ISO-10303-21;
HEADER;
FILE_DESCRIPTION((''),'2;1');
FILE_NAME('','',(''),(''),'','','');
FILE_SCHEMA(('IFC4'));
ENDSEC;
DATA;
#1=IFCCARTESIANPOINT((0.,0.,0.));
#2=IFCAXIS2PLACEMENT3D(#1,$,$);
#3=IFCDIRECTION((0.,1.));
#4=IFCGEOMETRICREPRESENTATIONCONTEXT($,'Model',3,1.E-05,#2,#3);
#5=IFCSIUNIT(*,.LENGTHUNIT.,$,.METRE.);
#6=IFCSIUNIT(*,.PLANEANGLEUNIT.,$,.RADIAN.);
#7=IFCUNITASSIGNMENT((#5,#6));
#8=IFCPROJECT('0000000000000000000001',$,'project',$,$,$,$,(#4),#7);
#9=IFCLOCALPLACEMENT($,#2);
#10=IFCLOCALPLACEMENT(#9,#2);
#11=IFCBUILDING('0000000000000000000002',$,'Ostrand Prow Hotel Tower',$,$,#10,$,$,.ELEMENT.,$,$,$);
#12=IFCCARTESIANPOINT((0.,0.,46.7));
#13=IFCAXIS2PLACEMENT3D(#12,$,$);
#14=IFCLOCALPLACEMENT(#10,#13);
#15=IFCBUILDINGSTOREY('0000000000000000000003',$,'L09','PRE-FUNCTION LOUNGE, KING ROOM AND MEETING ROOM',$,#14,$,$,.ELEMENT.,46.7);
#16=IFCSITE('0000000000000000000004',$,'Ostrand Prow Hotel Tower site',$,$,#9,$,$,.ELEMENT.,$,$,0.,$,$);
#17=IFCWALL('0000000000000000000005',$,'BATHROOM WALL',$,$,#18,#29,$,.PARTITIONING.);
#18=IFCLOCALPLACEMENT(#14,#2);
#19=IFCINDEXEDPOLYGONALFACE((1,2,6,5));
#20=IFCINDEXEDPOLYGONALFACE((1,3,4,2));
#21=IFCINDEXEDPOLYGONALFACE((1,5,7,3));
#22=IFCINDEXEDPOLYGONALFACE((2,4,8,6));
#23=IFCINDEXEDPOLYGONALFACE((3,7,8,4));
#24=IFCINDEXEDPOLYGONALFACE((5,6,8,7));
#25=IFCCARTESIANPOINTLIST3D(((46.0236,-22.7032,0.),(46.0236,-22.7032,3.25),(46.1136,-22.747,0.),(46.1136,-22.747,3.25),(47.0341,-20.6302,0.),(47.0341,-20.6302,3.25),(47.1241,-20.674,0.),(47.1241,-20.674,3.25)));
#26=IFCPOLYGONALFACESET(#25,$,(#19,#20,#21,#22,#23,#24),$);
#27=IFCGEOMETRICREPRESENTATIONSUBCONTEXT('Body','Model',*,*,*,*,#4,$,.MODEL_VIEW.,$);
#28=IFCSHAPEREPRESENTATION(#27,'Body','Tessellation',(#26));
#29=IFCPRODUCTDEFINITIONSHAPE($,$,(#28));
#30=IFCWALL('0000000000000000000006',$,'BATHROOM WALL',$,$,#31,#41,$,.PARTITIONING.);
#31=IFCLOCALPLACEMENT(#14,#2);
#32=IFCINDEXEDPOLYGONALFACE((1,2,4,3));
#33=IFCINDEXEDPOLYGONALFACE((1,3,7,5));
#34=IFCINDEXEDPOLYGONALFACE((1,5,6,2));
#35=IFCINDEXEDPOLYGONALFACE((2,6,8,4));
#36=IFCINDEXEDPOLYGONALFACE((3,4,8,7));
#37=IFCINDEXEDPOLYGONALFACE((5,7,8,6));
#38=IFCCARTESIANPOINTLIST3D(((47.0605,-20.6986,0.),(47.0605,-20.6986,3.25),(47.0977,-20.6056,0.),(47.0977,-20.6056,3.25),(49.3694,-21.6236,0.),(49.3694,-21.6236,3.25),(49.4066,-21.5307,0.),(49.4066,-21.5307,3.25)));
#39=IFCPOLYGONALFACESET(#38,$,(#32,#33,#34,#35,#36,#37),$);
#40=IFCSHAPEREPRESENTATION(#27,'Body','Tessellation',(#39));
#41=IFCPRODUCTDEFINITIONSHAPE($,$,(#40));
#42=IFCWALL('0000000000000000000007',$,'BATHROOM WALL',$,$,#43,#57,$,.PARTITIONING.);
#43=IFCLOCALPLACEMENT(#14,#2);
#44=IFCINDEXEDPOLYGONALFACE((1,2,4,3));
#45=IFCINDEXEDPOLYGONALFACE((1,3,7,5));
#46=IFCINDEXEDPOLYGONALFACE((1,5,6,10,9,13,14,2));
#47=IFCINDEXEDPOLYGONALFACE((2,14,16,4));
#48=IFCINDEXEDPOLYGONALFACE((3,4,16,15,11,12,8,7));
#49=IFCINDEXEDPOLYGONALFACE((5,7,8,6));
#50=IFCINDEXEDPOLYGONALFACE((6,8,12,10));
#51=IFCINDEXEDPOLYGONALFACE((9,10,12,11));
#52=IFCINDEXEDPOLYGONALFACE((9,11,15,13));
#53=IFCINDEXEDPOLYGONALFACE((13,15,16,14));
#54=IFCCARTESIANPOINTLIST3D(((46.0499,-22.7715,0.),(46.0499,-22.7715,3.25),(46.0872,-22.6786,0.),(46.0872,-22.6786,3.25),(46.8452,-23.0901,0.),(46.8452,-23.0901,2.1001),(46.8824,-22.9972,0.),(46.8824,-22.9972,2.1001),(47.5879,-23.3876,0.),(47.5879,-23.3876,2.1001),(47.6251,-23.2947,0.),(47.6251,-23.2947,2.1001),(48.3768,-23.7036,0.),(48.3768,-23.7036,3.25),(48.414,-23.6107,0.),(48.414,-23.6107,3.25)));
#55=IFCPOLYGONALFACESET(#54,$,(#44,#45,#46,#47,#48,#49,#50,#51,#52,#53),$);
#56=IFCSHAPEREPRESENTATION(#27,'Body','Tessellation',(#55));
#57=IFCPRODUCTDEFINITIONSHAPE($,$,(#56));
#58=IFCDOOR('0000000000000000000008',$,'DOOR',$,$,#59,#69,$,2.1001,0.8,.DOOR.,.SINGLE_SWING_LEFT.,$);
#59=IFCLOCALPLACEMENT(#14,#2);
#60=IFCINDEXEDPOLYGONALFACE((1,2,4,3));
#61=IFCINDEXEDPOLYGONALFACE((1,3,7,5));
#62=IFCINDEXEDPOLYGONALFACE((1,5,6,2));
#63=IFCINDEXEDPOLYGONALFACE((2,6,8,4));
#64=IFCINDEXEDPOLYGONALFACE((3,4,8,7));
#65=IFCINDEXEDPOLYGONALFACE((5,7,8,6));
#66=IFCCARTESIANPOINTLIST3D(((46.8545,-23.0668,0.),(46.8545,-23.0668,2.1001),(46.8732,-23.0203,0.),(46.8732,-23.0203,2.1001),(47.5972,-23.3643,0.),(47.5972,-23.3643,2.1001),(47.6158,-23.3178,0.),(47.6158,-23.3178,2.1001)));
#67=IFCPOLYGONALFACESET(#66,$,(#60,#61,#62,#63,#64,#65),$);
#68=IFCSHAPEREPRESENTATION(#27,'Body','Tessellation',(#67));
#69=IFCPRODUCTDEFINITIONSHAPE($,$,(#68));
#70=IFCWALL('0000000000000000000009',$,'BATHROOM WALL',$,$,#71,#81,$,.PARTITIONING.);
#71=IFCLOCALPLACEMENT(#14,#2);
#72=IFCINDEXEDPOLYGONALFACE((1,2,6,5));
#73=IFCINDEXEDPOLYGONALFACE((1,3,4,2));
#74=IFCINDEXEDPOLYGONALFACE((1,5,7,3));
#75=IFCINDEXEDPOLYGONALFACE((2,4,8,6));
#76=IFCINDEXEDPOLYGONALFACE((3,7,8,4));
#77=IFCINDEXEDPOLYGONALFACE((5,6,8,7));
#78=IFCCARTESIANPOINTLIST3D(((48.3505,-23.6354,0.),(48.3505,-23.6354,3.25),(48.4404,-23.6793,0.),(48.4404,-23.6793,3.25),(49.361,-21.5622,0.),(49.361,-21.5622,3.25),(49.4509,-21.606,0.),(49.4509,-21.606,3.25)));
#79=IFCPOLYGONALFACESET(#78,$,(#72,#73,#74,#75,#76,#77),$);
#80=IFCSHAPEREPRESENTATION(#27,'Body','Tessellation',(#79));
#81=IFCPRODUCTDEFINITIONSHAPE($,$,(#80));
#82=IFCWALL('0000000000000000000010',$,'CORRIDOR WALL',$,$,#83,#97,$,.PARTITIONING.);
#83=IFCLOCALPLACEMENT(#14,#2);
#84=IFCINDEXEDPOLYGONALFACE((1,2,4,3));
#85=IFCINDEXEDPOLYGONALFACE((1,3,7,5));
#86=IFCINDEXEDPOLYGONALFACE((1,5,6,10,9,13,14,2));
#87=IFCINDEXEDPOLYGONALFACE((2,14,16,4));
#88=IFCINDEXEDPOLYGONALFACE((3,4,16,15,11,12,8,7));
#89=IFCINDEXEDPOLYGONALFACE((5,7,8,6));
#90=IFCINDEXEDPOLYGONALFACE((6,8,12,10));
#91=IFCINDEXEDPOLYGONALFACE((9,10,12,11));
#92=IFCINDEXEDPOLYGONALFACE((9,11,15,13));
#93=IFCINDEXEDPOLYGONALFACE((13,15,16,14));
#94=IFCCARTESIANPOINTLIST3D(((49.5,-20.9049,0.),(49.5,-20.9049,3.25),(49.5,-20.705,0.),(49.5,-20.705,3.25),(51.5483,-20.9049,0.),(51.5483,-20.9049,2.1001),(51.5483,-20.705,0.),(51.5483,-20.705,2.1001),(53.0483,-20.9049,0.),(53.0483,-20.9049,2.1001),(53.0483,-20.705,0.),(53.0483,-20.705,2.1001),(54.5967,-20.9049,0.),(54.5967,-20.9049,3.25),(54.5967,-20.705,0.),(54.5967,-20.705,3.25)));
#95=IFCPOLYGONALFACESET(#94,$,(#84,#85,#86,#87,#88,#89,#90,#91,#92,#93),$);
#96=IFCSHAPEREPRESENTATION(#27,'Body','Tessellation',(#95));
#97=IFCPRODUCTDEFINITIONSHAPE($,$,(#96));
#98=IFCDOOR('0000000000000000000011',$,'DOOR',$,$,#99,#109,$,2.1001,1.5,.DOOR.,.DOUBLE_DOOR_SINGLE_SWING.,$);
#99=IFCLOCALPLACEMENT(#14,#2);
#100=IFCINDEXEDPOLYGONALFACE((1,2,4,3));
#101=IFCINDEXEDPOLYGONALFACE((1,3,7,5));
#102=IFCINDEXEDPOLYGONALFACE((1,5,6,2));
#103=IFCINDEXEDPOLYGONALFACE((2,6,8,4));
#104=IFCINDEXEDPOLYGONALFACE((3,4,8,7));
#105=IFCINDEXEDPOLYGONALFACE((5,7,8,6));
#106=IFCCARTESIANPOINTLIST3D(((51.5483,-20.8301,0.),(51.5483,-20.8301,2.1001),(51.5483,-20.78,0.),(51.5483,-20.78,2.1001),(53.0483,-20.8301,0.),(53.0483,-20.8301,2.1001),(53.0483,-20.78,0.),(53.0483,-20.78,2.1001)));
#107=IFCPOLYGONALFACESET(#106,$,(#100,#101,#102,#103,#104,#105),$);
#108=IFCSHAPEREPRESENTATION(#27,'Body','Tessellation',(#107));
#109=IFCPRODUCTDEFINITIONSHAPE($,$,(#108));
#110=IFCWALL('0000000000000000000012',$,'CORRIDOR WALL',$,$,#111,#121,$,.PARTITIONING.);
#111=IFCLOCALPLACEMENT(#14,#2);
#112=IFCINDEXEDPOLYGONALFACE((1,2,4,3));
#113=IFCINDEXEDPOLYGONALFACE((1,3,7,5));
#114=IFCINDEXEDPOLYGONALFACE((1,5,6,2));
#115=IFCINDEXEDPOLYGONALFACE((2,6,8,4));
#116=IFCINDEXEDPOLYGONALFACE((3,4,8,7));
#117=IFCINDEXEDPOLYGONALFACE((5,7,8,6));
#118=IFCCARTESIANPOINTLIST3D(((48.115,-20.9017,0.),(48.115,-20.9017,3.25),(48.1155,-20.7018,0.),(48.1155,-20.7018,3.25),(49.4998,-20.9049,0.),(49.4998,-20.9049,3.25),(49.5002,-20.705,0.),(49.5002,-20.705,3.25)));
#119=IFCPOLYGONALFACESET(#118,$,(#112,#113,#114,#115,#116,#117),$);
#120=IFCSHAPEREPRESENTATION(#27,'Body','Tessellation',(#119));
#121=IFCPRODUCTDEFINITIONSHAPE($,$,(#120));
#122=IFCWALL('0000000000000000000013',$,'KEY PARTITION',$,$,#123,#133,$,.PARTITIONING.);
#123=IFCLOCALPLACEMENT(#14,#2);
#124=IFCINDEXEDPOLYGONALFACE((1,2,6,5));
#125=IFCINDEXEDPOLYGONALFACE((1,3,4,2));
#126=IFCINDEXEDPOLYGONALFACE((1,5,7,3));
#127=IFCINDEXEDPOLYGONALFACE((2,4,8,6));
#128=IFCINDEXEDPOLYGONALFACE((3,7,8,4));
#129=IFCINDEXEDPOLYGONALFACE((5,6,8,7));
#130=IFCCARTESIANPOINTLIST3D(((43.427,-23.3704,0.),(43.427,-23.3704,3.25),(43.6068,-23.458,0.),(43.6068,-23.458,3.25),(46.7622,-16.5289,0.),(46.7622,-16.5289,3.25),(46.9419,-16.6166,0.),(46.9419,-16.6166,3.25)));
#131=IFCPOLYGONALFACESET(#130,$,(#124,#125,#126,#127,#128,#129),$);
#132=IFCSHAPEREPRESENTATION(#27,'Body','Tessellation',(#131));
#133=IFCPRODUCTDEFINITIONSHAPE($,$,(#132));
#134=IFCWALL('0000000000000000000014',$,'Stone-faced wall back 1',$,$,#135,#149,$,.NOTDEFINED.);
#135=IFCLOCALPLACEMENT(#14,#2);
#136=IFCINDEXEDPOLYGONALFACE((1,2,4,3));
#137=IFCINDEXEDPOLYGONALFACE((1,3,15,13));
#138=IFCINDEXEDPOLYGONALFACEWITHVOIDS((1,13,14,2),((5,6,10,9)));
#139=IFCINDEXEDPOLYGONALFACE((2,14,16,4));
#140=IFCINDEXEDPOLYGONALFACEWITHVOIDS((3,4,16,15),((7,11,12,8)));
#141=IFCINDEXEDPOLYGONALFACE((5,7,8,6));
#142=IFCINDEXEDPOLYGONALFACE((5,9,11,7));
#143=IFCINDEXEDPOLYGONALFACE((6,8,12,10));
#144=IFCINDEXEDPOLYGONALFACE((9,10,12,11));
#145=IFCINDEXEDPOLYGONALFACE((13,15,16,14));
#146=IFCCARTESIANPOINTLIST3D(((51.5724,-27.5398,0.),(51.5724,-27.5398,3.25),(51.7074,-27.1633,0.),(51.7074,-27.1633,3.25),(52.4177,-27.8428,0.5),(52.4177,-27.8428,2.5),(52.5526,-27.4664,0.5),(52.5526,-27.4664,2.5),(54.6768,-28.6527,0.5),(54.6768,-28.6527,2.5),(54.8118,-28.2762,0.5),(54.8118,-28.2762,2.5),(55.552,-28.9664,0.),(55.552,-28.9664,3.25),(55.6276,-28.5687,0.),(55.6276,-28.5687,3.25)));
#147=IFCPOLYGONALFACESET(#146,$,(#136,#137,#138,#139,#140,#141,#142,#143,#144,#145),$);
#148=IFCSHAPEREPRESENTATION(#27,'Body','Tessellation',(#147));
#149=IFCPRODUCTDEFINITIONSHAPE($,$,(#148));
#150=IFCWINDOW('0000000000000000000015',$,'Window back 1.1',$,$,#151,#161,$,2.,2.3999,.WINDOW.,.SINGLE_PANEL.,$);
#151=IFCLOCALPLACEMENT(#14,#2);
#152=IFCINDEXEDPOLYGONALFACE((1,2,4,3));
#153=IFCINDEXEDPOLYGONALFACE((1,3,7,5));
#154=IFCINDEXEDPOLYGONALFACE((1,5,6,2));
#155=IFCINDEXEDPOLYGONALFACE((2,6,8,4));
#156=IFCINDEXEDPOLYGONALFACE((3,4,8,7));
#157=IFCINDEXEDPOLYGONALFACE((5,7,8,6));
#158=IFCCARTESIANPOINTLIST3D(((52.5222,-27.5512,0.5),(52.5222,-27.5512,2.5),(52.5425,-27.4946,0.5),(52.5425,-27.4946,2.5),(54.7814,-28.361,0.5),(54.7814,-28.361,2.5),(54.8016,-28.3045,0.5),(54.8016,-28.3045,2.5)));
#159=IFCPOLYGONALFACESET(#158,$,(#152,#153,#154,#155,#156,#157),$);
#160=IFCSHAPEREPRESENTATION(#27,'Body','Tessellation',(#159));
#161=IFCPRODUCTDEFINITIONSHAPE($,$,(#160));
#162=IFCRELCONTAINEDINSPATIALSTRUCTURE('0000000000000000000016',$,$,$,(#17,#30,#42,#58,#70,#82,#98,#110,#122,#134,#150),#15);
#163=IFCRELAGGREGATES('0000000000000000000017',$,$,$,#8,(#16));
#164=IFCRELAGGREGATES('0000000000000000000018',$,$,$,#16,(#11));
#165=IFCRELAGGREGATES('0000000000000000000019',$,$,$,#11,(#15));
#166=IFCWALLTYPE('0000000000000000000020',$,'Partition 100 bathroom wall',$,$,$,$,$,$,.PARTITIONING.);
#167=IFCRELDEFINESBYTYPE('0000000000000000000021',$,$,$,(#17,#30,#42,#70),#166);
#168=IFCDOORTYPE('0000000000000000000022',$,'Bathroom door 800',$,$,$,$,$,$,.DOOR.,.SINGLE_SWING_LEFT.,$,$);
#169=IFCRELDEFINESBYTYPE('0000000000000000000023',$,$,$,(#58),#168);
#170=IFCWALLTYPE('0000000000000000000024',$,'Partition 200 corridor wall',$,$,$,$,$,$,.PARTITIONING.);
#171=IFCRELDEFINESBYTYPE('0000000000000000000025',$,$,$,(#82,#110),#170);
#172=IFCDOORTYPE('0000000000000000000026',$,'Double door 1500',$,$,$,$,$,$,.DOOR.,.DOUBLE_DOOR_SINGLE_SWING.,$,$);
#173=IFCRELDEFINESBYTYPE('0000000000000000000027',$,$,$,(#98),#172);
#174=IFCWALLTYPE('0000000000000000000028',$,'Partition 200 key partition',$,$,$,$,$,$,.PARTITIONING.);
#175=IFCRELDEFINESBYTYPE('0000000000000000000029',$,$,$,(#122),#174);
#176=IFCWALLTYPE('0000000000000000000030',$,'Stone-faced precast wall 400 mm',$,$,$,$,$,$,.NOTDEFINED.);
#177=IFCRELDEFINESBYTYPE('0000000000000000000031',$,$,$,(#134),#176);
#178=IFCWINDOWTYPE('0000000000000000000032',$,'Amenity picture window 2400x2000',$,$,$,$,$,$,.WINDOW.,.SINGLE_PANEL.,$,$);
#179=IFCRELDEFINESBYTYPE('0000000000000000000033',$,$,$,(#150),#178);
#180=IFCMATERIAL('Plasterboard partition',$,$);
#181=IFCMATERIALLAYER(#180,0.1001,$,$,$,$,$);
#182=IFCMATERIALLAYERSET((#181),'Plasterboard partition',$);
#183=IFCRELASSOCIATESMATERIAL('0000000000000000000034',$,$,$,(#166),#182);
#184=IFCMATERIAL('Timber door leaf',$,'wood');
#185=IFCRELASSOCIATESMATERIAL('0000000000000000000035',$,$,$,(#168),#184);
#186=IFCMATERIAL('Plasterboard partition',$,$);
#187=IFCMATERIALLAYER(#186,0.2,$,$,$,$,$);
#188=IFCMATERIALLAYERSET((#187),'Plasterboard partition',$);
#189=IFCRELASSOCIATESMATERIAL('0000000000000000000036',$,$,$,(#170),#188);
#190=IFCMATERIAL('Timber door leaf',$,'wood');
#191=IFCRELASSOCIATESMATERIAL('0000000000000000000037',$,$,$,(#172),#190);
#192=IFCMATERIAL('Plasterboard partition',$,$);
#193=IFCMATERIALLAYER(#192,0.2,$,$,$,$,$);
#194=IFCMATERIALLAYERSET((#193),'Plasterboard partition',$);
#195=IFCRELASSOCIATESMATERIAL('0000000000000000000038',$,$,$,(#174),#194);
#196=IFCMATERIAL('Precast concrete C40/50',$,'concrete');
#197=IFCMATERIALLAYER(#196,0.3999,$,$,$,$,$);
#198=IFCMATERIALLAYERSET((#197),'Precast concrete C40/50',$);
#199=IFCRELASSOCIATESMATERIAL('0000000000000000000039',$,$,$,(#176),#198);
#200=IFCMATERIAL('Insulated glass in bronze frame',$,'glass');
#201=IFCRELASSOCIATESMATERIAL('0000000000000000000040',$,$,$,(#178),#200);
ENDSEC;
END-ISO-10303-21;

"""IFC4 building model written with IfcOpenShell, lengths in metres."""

from ifc_helpers import new_model, si_unit, direction, frame, frame_2d, origin, place, context, subcontext, project, spatial, polyline, rectangle, outline, extrude, material, layer, layer_set, type_object, element, fill, save


model = new_model("IFC4")

# Units and contexts
model_context = context("Model", 3, precision=1e-05, world=origin(), true_north=direction((0.0, 1.0)))
body_context = subcontext(model_context, "Body", "Model", "MODEL_VIEW")
ifc_project = project(units=[si_unit("LENGTHUNIT", "METRE"), si_unit("PLANEANGLEUNIT", "RADIAN")], contexts=[model_context])

# Site, building, storey
site_placement = place(None, origin())
site = spatial("IfcSite", under=ifc_project, at=site_placement, Name="Ostrand Prow Hotel Tower site", CompositionType="ELEMENT", RefElevation=0.0)
building_placement = place(site_placement, origin())
building = spatial("IfcBuilding", under=site, at=building_placement, Name="Ostrand Prow Hotel Tower", CompositionType="ELEMENT")
storey_placement = place(building_placement, frame((0.0, 0.0, 46.7)))
storey = spatial("IfcBuildingStorey", under=building, at=storey_placement, Name="L09", Description="PRE-FUNCTION LOUNGE, KING ROOM AND MEETING ROOM", CompositionType="ELEMENT", Elevation=46.7)

# Walls
ifc_material_1 = material(Name="Plasterboard partition")
ifc_layer_1 = layer(ifc_material_1, 0.1001)
ifc_layer_set_1 = layer_set([ifc_layer_1], Name="Plasterboard partition")
wall_type_1 = type_object("IfcWallType", Name="Partition 100 bathroom wall", PredefinedType="PARTITIONING", material=ifc_layer_set_1)
wall_1_placement = place(storey_placement, frame((46.0686, -22.7251, 0.0), z_axis=(0.0, 0.0, 1.0), x_axis=(0.438171, 0.898892, 0.0)))
element("IfcWall", 1, at=wall_1_placement, inside=storey, type_object=wall_type_1, Name="BATHROOM WALL", PredefinedType="PARTITIONING", context=body_context, shape_type="SweptSolid", body=[
    extrude(rectangle(XDim=2.3062, YDim=0.1001, at=frame_2d((1.1531, 0.0))), origin(), (0.0, 0.0, 1.0), 3.25),
])
wall_2_placement = place(storey_placement, frame((47.0791, -20.6521, 0.0), z_axis=(0.0, 0.0, 1.0), x_axis=(0.928267, -0.371915, 0.0)))
element("IfcWall", 2, at=wall_2_placement, inside=storey, type_object=wall_type_1, Name="BATHROOM WALL", PredefinedType="PARTITIONING", context=body_context, shape_type="SweptSolid", body=[
    extrude(rectangle(XDim=2.4873, YDim=0.1001, at=frame_2d((1.2437, 0.0))), origin(), (0.0, 0.0, 1.0), 3.25),
])

# Wall, opening, door
wall_3_placement = place(storey_placement, frame((48.3955, -23.6572, 0.0), z_axis=(0.0, 0.0, 1.0), x_axis=(-0.928288, 0.371861, 0.0)))
wall_3 = element("IfcWall", 3, at=wall_3_placement, inside=storey, type_object=wall_type_1, Name="BATHROOM WALL", PredefinedType="PARTITIONING", context=body_context, shape_type="SweptSolid", body=[
    extrude(rectangle(XDim=2.5066, YDim=0.1001, at=frame_2d((1.2534, 0.0))), origin(), (0.0, 0.0, 1.0), 3.25),
])
opening_1_placement = place(wall_3_placement, frame((0.8501, 0.0, 0.0)))
opening_1 = element("IfcOpeningElement", 4, at=opening_1_placement, cuts=wall_3, PredefinedType="OPENING", context=body_context, shape_type="SweptSolid", body=[
    extrude(rectangle(XDim=0.8, YDim=2.1001, at=frame_2d((0.3999, 1.05))), frame((0.0, 0.0601, 0.0), z_axis=(0.0, -1.0, 0.0), x_axis=(1.0, 0.0, 0.0)), (0.0, 0.0, 1.0), 0.1201),
])
ifc_material_2 = material(Name="Timber door leaf", Category="wood")
door_type_1 = type_object("IfcDoorType", Name="Bathroom door 800", OperationType="SINGLE_SWING_LEFT", PredefinedType="DOOR", material=ifc_material_2)
door_1_placement = place(opening_1_placement, origin())
door_1 = element("IfcDoor", 5, at=door_1_placement, inside=storey, type_object=door_type_1, Name="DOOR", OperationType="SINGLE_SWING_LEFT", OverallHeight=2.1001, OverallWidth=0.8, PredefinedType="DOOR", context=body_context, shape_type="SweptSolid", body=[
    extrude(rectangle(XDim=0.8, YDim=2.1001, at=frame_2d((0.3999, 1.05))), frame((0.0, 0.0249, 0.0), z_axis=(0.0, -1.0, 0.0), x_axis=(1.0, 0.0, 0.0)), (0.0, 0.0, 1.0), 0.05),
])
fill(opening_1, door_1)

# Wall
wall_4_placement = place(storey_placement, frame((49.406, -21.584, 0.0), z_axis=(0.0, 0.0, 1.0), x_axis=(-0.43813, -0.898912, 0.0)))
element("IfcWall", 6, at=wall_4_placement, inside=storey, type_object=wall_type_1, Name="BATHROOM WALL", PredefinedType="PARTITIONING", context=body_context, shape_type="SweptSolid", body=[
    extrude(rectangle(XDim=2.3064, YDim=0.1001, at=frame_2d((1.1533, 0.0))), origin(), (0.0, 0.0, 1.0), 3.25),
])

# Wall, opening, door
ifc_material_3 = material(Name="Plasterboard partition")
ifc_layer_2 = layer(ifc_material_3, 0.2)
ifc_layer_set_2 = layer_set([ifc_layer_2], Name="Plasterboard partition")
wall_type_2 = type_object("IfcWallType", Name="Partition 200 corridor wall", PredefinedType="PARTITIONING", material=ifc_layer_set_2)
wall_5_placement = place(storey_placement, frame((49.5, -20.8049, 0.0), z_axis=(0.0, 0.0, 1.0), x_axis=(1.0, 0.0, 0.0)))
wall_5 = element("IfcWall", 7, at=wall_5_placement, inside=storey, type_object=wall_type_2, Name="CORRIDOR WALL", PredefinedType="PARTITIONING", context=body_context, shape_type="SweptSolid", body=[
    extrude(rectangle(XDim=5.0967, YDim=0.2, at=frame_2d((2.5483, 0.0))), origin(), (0.0, 0.0, 1.0), 3.25),
])
opening_2_placement = place(wall_5_placement, frame((2.0483, 0.0, 0.0)))
opening_2 = element("IfcOpeningElement", 8, at=opening_2_placement, cuts=wall_5, PredefinedType="OPENING", context=body_context, shape_type="SweptSolid", body=[
    extrude(rectangle(XDim=1.5, YDim=2.1001, at=frame_2d((0.75, 1.05))), frame((0.0, 0.1099, 0.0), z_axis=(0.0, -1.0, 0.0), x_axis=(1.0, 0.0, 0.0)), (0.0, 0.0, 1.0), 0.22),
])
ifc_material_4 = material(Name="Timber door leaf", Category="wood")
door_type_2 = type_object("IfcDoorType", Name="Double door 1500", OperationType="DOUBLE_DOOR_SINGLE_SWING", PredefinedType="DOOR", material=ifc_material_4)
door_2_placement = place(opening_2_placement, origin())
door_2 = element("IfcDoor", 9, at=door_2_placement, inside=storey, type_object=door_type_2, Name="DOOR", OperationType="DOUBLE_DOOR_SINGLE_SWING", OverallHeight=2.1001, OverallWidth=1.5, PredefinedType="DOOR", context=body_context, shape_type="SweptSolid", body=[
    extrude(rectangle(XDim=1.5, YDim=2.1001, at=frame_2d((0.75, 1.05))), frame((0.0, 0.0249, 0.0), z_axis=(0.0, -1.0, 0.0), x_axis=(1.0, 0.0, 0.0)), (0.0, 0.0, 1.0), 0.05),
])
fill(opening_2, door_2)

# Walls
wall_6_placement = place(storey_placement, frame((48.1152, -20.8018, 0.0), z_axis=(0.0, 0.0, 1.0), x_axis=(0.999997, -0.002292, 0.0)))
element("IfcWall", 10, at=wall_6_placement, inside=storey, type_object=wall_type_2, Name="CORRIDOR WALL", PredefinedType="PARTITIONING", context=body_context, shape_type="SweptSolid", body=[
    extrude(rectangle(XDim=1.3848, YDim=0.2, at=frame_2d((0.6924, 0.0))), origin(), (0.0, 0.0, 1.0), 3.25),
])
ifc_material_5 = material(Name="Plasterboard partition")
ifc_layer_3 = layer(ifc_material_5, 0.2)
ifc_layer_set_3 = layer_set([ifc_layer_3], Name="Plasterboard partition")
wall_type_3 = type_object("IfcWallType", Name="Partition 200 key partition", PredefinedType="PARTITIONING", material=ifc_layer_set_3)
wall_7_placement = place(storey_placement, frame((43.5168, -23.4143, 0.0), z_axis=(0.0, 0.0, 1.0), x_axis=(0.438197, 0.898879, 0.0)))
element("IfcWall", 11, at=wall_7_placement, inside=storey, type_object=wall_type_3, Name="KEY PARTITION", PredefinedType="PARTITIONING", context=body_context, shape_type="SweptSolid", body=[
    extrude(rectangle(XDim=7.6111, YDim=0.2, at=frame_2d((3.8057, 0.0))), origin(), (0.0, 0.0, 1.0), 3.25),
])

# Wall, opening, window
ifc_material_6 = material(Name="Precast concrete C40/50", Category="concrete")
ifc_layer_4 = layer(ifc_material_6, 0.3999)
ifc_layer_set_4 = layer_set([ifc_layer_4], Name="Precast concrete C40/50")
wall_type_4 = type_object("IfcWallType", Name="Stone-faced precast wall 400 mm", PredefinedType="NOTDEFINED", material=ifc_layer_set_4)
wall_8_placement = place(storey_placement, frame((51.6399, -27.3516, 0.0), z_axis=(0.0, 0.0, 1.0), x_axis=(0.94134, -0.33746, 0.0)))
wall_8 = element("IfcWall", 12, at=wall_8_placement, inside=storey, type_object=wall_type_4, Name="Stone-faced wall back 1", PredefinedType="NOTDEFINED", context=body_context, shape_type="SweptSolid", body=[
    extrude(outline(polyline([(0.0, -0.2), (4.2275, -0.2), (4.1646, 0.2), (0.0, 0.2), (0.0, -0.2)])), origin(), (0.0, 0.0, 1.0), 3.25),
])
opening_3_placement = place(wall_8_placement, frame((0.8979, 0.0, 0.5)))
opening_3 = element("IfcOpeningElement", 13, at=opening_3_placement, cuts=wall_8, PredefinedType="OPENING", context=body_context, shape_type="SweptSolid", body=[
    extrude(rectangle(XDim=2.3999, YDim=2.0, at=frame_2d((1.2, 1.0))), frame((0.0, 0.21, 0.0), z_axis=(0.0, -1.0, 0.0), x_axis=(1.0, 0.0, 0.0)), (0.0, 0.0, 1.0), 0.4199),
])
ifc_material_7 = material(Name="Insulated glass in bronze frame", Category="glass")
window_type = type_object("IfcWindowType", Name="Amenity picture window 2400x2000", PartitioningType="SINGLE_PANEL", PredefinedType="WINDOW", material=ifc_material_7)
window_placement = place(opening_3_placement, origin())
window = element("IfcWindow", 14, at=window_placement, inside=storey, type_object=window_type, Name="Window back 1.1", OverallHeight=2.0, OverallWidth=2.3999, PartitioningType="SINGLE_PANEL", PredefinedType="WINDOW", context=body_context, shape_type="SweptSolid", body=[
    extrude(rectangle(XDim=2.3999, YDim=2.0, at=frame_2d((1.2, 1.0))), frame((0.0, 0.1699, 0.0), z_axis=(0.0, -1.0, 0.0), x_axis=(1.0, 0.0, 0.0)), (0.0, 0.0, 1.0), 0.0601),
])
fill(opening_3, window)

save(model, "model.ifc")
